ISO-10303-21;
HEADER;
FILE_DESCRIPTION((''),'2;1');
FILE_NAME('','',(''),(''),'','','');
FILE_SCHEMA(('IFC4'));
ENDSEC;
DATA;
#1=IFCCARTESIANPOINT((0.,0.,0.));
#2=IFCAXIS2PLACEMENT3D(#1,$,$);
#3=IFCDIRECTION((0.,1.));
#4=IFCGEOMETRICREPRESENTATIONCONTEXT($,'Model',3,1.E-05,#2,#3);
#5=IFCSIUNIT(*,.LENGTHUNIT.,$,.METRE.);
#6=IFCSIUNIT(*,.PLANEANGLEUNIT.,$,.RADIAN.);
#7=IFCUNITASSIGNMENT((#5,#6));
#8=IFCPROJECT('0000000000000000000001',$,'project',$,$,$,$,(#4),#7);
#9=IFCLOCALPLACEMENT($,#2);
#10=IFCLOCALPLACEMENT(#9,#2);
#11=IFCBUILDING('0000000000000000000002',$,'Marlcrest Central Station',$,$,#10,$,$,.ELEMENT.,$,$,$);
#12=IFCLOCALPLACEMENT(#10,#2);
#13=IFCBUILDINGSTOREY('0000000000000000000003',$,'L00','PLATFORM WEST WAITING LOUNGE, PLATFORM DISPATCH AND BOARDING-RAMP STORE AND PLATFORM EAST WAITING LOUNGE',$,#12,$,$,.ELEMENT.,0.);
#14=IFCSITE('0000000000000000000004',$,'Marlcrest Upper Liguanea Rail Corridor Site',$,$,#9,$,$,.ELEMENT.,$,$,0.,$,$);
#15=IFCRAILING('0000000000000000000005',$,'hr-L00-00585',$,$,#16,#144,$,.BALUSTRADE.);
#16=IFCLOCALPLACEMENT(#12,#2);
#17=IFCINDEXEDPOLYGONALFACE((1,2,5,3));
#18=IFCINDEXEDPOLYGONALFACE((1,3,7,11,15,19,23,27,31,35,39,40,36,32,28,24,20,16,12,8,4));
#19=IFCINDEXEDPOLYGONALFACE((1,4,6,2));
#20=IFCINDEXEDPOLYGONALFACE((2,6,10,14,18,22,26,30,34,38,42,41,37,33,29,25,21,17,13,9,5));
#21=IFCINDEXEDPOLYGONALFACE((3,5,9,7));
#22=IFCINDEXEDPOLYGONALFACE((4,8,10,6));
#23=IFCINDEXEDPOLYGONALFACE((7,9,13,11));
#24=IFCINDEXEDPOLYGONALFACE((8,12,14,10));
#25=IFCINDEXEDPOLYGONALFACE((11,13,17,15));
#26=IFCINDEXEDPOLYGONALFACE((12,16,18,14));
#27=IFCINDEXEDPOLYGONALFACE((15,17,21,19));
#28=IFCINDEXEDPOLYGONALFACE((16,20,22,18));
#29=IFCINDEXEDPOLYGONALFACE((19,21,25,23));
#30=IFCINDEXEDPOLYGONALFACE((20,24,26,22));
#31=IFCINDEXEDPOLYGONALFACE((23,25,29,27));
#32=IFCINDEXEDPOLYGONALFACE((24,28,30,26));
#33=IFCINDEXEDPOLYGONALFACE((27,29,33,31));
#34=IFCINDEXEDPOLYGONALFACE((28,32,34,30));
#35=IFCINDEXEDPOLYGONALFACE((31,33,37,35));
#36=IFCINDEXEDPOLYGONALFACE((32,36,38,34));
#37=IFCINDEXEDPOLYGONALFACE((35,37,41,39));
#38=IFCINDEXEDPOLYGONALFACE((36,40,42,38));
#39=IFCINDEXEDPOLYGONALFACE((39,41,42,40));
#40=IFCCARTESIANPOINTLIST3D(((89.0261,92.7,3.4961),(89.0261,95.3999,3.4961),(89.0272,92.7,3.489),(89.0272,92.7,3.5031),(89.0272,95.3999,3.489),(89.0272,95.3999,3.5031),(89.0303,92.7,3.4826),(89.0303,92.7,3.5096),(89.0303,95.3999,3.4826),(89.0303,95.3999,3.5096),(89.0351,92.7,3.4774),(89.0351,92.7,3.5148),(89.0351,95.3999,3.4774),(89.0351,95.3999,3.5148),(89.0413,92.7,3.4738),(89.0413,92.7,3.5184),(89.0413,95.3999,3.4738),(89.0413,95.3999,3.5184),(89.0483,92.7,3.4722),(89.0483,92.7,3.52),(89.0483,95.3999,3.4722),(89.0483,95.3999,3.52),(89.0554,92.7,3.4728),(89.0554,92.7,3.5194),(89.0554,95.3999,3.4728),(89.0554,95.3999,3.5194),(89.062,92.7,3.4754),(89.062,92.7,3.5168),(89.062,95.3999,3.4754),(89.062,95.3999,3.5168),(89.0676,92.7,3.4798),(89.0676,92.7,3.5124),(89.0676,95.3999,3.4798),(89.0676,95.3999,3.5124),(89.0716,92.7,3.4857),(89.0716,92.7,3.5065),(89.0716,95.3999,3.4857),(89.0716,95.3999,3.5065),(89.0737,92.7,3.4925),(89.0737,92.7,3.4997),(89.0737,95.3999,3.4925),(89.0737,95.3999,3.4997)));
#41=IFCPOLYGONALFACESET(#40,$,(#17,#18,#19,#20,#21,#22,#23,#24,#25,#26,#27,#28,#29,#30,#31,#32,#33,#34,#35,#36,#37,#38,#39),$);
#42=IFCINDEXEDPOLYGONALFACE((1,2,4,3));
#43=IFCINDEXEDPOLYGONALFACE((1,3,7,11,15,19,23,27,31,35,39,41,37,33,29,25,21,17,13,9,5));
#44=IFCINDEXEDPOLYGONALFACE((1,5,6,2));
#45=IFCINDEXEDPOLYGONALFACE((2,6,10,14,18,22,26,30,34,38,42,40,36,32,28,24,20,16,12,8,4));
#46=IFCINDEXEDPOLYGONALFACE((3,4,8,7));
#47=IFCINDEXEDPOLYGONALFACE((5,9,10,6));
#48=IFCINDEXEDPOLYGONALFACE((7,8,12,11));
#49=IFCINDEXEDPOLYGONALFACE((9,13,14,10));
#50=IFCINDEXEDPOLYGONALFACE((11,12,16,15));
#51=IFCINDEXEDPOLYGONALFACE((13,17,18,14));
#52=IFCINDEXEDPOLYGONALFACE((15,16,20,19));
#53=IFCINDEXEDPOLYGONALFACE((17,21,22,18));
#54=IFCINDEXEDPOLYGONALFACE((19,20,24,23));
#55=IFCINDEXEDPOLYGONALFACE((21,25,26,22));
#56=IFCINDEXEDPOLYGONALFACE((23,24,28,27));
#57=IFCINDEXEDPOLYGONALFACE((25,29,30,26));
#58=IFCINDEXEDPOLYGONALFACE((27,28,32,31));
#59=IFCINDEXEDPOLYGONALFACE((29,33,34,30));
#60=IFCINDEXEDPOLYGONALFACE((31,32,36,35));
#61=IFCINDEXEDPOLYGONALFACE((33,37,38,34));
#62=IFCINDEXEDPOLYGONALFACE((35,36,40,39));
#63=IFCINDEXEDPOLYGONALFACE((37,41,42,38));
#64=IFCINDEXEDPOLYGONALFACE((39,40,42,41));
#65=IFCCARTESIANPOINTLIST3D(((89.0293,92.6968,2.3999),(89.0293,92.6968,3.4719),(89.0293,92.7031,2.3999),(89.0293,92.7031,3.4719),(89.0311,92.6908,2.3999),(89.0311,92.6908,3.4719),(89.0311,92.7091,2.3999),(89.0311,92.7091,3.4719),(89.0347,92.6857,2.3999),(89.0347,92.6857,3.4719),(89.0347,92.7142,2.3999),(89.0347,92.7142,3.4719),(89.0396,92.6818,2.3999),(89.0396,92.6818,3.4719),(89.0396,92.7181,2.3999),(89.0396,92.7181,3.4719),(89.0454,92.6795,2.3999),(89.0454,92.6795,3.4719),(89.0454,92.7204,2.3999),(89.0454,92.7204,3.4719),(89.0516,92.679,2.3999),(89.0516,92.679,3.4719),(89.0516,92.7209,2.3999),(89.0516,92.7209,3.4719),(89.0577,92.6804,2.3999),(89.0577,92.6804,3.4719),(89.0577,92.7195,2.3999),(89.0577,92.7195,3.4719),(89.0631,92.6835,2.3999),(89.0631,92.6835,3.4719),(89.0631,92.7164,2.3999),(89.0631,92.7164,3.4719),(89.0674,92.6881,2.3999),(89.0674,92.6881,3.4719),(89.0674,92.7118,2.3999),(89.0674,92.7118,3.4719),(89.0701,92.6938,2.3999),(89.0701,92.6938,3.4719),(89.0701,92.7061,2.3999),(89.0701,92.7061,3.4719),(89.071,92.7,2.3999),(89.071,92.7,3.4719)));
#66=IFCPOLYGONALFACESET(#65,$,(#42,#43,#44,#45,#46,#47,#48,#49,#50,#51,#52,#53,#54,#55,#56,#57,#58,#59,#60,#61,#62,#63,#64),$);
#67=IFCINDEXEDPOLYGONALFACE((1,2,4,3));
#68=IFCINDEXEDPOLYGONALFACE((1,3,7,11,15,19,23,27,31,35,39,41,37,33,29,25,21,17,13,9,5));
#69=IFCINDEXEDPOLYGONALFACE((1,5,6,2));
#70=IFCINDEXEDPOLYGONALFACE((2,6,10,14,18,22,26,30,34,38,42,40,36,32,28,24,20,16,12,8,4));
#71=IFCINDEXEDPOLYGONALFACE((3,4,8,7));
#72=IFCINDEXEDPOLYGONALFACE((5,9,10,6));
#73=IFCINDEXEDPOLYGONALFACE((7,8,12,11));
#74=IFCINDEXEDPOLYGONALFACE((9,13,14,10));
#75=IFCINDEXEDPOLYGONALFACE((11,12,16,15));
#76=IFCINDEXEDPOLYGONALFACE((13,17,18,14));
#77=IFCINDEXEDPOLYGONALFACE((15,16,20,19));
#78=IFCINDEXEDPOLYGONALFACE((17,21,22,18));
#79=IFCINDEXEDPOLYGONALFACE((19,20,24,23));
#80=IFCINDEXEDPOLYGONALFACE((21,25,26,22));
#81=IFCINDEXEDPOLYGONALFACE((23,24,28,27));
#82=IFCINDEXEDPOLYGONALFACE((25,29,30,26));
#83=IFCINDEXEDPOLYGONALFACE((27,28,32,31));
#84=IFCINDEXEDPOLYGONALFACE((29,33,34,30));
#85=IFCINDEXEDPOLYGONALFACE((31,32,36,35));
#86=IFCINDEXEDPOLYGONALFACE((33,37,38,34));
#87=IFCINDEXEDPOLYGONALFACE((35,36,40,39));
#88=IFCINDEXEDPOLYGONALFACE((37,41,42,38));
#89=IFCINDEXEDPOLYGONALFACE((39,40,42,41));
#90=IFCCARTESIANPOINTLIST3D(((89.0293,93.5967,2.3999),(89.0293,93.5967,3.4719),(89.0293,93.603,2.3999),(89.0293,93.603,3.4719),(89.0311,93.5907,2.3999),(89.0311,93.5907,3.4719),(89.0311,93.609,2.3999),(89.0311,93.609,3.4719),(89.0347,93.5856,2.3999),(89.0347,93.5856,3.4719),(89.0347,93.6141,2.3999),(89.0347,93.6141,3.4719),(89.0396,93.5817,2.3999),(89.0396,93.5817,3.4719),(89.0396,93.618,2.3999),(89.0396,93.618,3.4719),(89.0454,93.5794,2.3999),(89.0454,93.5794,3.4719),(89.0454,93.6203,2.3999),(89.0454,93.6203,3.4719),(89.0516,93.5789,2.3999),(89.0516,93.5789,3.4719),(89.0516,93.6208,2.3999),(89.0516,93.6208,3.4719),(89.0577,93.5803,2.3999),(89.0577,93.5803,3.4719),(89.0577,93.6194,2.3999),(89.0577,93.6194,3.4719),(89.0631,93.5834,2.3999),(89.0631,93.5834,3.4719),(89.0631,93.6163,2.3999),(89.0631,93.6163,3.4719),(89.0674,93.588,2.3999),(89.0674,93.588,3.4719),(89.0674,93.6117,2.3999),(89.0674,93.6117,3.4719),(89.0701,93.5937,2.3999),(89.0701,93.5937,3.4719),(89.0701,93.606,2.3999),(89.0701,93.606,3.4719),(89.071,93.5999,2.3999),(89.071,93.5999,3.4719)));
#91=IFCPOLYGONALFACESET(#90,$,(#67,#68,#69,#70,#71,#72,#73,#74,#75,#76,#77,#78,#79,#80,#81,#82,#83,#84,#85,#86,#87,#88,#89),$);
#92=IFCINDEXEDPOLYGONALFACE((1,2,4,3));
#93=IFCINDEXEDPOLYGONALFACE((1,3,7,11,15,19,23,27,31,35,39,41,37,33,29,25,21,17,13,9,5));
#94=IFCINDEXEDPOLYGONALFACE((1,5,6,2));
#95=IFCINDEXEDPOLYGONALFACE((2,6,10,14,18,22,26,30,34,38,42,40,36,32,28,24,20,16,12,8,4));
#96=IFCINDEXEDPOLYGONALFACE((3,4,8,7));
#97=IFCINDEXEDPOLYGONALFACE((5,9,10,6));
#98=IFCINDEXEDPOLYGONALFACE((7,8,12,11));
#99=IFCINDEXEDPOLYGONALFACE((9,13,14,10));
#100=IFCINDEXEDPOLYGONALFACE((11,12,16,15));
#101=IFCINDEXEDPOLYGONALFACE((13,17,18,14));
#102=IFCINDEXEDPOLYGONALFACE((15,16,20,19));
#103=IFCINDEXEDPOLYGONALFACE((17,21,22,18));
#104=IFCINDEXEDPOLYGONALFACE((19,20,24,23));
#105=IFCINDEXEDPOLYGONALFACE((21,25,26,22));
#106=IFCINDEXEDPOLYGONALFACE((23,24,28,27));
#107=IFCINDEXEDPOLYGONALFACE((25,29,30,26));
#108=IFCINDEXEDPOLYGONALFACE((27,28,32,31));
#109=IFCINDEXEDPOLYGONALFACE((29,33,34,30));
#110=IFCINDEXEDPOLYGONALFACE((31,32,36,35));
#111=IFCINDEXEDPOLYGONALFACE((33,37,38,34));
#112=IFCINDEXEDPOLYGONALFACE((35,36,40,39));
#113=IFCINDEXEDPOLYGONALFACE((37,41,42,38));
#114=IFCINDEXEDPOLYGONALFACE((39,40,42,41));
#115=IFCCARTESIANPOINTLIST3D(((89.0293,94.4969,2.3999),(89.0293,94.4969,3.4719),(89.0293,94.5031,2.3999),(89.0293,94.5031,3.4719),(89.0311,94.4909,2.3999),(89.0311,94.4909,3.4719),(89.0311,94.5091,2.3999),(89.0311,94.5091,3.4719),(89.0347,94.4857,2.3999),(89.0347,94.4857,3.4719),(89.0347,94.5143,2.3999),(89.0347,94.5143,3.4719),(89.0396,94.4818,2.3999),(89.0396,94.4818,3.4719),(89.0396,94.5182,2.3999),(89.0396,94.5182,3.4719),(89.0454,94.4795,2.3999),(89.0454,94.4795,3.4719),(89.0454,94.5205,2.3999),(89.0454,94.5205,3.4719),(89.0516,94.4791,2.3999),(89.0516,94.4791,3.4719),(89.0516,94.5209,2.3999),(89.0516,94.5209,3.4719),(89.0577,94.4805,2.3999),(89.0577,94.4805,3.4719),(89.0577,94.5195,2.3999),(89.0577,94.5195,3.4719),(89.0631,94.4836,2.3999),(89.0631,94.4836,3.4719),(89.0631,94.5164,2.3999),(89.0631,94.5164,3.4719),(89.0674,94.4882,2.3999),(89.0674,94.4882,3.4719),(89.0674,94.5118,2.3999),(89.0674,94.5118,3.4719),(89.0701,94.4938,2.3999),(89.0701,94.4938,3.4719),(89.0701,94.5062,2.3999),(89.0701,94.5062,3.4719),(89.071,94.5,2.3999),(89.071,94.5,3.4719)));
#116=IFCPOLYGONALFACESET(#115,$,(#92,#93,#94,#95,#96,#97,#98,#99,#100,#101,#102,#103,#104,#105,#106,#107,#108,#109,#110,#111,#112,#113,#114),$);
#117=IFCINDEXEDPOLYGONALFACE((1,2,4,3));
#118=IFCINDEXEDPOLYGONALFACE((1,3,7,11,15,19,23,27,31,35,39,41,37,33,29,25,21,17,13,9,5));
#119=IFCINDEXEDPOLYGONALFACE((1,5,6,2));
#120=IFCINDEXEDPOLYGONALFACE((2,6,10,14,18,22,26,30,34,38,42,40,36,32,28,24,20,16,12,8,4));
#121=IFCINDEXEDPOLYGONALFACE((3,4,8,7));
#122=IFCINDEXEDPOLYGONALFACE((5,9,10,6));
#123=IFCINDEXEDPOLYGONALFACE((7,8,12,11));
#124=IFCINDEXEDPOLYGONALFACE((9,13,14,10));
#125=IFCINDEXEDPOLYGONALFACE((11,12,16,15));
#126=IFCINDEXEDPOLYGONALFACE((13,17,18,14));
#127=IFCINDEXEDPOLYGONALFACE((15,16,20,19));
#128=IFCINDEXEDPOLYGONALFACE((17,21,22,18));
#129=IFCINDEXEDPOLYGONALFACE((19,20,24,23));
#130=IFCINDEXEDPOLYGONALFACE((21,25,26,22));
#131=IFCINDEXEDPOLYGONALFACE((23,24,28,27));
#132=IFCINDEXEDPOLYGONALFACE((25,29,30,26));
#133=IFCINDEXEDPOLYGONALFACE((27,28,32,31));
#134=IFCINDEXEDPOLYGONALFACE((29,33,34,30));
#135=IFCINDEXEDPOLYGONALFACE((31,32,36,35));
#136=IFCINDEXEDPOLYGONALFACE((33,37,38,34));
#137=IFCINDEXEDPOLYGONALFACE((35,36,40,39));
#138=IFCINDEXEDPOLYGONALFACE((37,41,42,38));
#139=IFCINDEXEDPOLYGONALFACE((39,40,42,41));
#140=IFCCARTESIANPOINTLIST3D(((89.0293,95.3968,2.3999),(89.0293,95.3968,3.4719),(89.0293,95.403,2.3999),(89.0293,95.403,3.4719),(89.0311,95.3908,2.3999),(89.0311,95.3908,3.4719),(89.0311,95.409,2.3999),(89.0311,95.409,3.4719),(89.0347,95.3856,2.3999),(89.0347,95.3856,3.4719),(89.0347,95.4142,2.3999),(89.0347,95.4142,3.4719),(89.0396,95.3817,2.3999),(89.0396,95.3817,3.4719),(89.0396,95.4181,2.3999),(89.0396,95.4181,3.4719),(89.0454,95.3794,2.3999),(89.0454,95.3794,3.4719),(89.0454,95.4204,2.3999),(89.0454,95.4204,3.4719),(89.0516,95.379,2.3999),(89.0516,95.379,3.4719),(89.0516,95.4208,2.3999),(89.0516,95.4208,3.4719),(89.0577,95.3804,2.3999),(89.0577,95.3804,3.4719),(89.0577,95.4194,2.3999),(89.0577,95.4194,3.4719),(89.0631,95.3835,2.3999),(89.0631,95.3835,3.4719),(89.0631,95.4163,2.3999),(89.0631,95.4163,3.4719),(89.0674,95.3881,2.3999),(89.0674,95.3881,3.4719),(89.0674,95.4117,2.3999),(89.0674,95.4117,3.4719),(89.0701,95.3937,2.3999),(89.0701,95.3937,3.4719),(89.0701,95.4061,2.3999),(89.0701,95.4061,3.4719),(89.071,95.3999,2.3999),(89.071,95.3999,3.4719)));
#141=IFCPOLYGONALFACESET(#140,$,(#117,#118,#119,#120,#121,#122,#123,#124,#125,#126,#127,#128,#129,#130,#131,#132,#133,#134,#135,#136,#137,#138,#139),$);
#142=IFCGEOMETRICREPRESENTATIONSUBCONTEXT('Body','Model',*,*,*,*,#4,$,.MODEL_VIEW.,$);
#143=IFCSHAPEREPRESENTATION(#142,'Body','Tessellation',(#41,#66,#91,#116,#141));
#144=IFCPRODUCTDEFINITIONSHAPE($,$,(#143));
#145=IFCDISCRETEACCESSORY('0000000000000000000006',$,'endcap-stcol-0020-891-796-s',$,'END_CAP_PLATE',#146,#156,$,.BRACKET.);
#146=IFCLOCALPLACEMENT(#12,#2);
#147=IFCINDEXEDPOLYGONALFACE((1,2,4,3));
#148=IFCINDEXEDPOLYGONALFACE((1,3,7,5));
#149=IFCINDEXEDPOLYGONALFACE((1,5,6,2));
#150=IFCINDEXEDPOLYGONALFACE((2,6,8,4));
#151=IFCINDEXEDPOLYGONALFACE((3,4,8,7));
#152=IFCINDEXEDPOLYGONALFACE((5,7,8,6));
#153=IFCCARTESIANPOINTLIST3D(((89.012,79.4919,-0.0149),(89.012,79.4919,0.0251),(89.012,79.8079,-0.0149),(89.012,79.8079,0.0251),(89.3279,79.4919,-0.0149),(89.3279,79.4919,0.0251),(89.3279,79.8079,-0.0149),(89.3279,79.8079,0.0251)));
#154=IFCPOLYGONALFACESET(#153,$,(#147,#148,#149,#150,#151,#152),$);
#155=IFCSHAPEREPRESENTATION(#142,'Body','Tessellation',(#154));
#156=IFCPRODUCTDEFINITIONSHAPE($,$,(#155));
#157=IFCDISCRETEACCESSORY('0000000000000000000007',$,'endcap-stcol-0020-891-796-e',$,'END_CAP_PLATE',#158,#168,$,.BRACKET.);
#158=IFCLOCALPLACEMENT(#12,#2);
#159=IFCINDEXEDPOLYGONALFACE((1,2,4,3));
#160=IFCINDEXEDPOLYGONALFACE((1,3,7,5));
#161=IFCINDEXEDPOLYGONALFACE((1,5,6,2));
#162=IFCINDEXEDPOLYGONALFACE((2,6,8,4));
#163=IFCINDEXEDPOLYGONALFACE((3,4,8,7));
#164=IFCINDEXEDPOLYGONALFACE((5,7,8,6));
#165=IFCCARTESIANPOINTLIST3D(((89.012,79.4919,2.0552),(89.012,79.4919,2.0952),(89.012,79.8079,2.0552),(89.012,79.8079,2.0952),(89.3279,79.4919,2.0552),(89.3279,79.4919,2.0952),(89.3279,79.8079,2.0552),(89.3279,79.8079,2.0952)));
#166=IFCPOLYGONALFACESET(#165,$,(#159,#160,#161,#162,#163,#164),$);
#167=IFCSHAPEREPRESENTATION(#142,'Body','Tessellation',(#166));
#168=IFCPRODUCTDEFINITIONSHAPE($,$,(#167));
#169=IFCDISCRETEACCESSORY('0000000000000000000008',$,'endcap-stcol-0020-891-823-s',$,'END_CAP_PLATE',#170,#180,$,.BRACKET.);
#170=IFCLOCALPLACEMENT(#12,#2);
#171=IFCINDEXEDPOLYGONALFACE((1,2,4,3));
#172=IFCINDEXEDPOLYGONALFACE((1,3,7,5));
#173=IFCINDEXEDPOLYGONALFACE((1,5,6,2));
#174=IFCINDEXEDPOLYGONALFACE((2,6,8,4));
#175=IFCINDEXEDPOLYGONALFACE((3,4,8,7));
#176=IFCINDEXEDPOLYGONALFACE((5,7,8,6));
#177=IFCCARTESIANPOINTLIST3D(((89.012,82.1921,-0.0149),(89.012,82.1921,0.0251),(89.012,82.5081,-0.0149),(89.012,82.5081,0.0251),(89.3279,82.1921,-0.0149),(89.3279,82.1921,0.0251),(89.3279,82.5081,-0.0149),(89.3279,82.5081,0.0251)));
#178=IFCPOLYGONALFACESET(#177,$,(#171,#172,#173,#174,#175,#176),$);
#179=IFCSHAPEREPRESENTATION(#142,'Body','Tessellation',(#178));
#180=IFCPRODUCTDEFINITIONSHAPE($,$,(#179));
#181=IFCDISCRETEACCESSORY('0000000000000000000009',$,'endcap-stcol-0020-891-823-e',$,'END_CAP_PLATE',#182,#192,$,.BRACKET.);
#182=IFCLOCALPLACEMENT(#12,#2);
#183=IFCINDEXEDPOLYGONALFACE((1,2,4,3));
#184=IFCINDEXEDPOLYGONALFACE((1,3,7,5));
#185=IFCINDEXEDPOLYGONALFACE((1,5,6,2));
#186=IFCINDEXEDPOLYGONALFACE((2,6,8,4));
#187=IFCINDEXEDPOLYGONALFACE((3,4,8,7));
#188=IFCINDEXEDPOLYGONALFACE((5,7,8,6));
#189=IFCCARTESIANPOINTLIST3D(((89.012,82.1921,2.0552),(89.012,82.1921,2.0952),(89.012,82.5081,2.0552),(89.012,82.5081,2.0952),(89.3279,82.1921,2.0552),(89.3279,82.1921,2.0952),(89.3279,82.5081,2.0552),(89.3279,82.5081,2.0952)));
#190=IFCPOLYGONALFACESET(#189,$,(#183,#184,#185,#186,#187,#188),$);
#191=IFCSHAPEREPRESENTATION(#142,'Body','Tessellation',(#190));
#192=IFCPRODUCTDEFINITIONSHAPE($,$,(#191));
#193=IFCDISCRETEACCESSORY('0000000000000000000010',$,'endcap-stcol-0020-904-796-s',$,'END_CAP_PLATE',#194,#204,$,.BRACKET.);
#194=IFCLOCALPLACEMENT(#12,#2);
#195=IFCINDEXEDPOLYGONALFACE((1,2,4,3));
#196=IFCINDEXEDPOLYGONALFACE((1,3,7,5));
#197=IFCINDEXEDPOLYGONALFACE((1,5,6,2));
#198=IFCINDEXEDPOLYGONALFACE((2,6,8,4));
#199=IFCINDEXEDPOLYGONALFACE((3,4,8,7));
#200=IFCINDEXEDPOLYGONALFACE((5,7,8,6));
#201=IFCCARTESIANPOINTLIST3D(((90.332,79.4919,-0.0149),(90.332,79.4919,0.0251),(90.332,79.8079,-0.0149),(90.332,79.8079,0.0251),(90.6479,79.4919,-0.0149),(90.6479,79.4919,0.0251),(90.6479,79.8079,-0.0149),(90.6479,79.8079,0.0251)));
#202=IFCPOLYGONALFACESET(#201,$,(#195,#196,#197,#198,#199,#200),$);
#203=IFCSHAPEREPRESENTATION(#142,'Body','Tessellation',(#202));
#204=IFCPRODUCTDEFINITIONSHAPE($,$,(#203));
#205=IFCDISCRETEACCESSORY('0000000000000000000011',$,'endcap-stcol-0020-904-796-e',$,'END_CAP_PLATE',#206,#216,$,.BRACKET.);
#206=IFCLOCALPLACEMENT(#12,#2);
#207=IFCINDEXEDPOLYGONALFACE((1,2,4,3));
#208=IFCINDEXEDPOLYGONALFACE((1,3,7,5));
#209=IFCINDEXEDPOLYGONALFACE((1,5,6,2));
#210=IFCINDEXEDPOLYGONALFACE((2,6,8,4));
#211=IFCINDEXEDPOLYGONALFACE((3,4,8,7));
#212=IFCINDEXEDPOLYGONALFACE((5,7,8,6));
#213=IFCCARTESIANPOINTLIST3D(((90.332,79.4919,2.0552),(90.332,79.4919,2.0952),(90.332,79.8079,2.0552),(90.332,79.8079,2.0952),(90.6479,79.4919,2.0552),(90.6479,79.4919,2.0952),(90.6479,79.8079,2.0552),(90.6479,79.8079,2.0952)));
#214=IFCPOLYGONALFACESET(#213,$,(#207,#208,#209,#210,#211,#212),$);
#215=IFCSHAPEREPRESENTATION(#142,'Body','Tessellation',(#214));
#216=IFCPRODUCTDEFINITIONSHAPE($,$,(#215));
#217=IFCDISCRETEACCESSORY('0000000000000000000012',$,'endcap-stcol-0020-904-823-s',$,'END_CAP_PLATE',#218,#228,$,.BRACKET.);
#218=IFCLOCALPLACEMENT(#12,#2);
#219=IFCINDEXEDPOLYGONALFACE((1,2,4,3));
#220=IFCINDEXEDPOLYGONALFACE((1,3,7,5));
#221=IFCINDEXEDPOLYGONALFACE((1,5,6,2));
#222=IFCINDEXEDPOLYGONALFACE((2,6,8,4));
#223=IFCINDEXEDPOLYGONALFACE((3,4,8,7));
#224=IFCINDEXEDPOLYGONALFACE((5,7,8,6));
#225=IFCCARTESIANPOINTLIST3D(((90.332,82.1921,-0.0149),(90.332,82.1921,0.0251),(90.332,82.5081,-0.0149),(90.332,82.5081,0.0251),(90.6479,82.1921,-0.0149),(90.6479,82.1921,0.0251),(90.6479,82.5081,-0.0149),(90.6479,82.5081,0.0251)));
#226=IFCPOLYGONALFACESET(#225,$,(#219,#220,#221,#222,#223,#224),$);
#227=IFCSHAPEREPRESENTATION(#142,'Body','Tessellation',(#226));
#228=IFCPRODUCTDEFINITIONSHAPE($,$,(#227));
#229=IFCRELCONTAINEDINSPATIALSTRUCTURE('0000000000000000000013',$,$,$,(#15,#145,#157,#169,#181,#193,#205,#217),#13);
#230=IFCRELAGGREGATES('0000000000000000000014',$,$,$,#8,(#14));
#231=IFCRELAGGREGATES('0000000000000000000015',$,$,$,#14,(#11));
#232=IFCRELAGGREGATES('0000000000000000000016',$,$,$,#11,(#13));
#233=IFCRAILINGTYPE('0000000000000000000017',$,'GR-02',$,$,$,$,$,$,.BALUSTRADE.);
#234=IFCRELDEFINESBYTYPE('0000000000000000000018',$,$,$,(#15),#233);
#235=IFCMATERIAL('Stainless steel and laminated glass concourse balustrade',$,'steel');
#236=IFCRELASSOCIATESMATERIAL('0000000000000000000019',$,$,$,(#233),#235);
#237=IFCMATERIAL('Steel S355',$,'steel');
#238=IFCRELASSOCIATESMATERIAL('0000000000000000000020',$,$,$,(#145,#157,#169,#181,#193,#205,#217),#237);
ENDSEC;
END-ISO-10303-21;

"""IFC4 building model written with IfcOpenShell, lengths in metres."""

from ifc_helpers import new_model, si_unit, direction, frame, origin, origin_2d, place, context, subcontext, project, spatial, rectangle, circle, extrude, material, type_object, element, save


model = new_model("IFC4")

# Units and contexts
model_context = context("Model", 3, precision=1e-05, world=origin(), true_north=direction((0.0, 1.0)))
body_context = subcontext(model_context, "Body", "Model", "MODEL_VIEW")
ifc_project = project(units=[si_unit("LENGTHUNIT", "METRE"), si_unit("PLANEANGLEUNIT", "RADIAN")], contexts=[model_context])

# Site, building, storey
site_placement = place(None, origin())
site = spatial("IfcSite", under=ifc_project, at=site_placement, Name="Marlcrest Upper Liguanea Rail Corridor Site", CompositionType="ELEMENT", RefElevation=0.0)
building_placement = place(site_placement, origin())
building = spatial("IfcBuilding", under=site, at=building_placement, Name="Marlcrest Central Station", CompositionType="ELEMENT")
storey_placement = place(building_placement, origin())
storey = spatial("IfcBuildingStorey", under=building, at=storey_placement, Name="L00", Description="PLATFORM WEST WAITING LOUNGE, PLATFORM DISPATCH AND BOARDING-RAMP STORE AND PLATFORM EAST WAITING LOUNGE", CompositionType="ELEMENT", Elevation=0.0)

# Shared definitions
ifc_material_1 = material(Name="Steel S355", Category="steel")

# Railing
ifc_material_2 = material(Name="Stainless steel and laminated glass concourse balustrade", Category="steel")
railing_type_1 = type_object("IfcRailingType", Name="GR-02", PredefinedType="BALUSTRADE", material=ifc_material_2)
railing_1_placement = place(storey_placement, frame((89.05, 92.7, 2.3999)))
element("IfcRailing", 1, at=railing_1_placement, inside=storey, type_object=railing_type_1, Name="hr-L00-00585", PredefinedType="BALUSTRADE", context=body_context, shape_type="SweptSolid", body=[
    extrude(circle(Radius=0.0239, at=origin_2d()), frame((0.0, 0.0, 1.0962), z_axis=(0.0, 1.0, 0.0), x_axis=(-1.0, 0.0, 0.0)), (0.0, 0.0, 1.0), 2.7),
    extrude(circle(Radius=0.021, at=origin_2d()), origin(), (0.0, 0.0, 1.0), 1.072),
    extrude(circle(Radius=0.021, at=origin_2d()), frame((0.0, 0.8999, 0.0)), (0.0, 0.0, 1.0), 1.072),
    extrude(circle(Radius=0.021, at=origin_2d()), frame((0.0, 1.8, 0.0)), (0.0, 0.0, 1.0), 1.072),
    extrude(circle(Radius=0.021, at=origin_2d()), frame((0.0, 2.7, 0.0)), (0.0, 0.0, 1.0), 1.072),
])

# Discrete accessories
for number, where, z_axis, x_axis, name in (
    (2, (89.1699, 79.6499, -0.0149), (0.0, 0.0, 1.0), (1.0, 0.0, 0.0), "endcap-stcol-0020-891-796-s"),
    (3, (89.1699, 79.6499, 2.0552), (0.0, 0.0, 1.0), (1.0, 0.0, 0.0), "endcap-stcol-0020-891-796-e"),
    (4, (89.1699, 82.3501, -0.0149), (0.0, 0.0, 1.0), (1.0, 0.0, 0.0), "endcap-stcol-0020-891-823-s"),
    (5, (89.1699, 82.3501, 2.0552), (0.0, 0.0, 1.0), (1.0, 0.0, 0.0), "endcap-stcol-0020-891-823-e"),
    (6, (90.49, 79.6499, -0.0149), (0.0, 0.0, 1.0), (1.0, 0.0, 0.0), "endcap-stcol-0020-904-796-s"),
    (7, (90.49, 79.6499, 2.0552), (0.0, 0.0, 1.0), (1.0, 0.0, 0.0), "endcap-stcol-0020-904-796-e"),
    (8, (90.49, 82.3501, -0.0149), (0.0, 0.0, 1.0), (1.0, 0.0, 0.0), "endcap-stcol-0020-904-823-s"),
):
    element("IfcDiscreteAccessory", number, at=place(storey_placement, frame(where, z_axis=z_axis, x_axis=x_axis)), inside=storey, material=ifc_material_1, Name=name, ObjectType="END_CAP_PLATE", PredefinedType="BRACKET", context=body_context, shape_type="SweptSolid", body=[
        extrude(rectangle(XDim=0.3159, YDim=0.3159, at=origin_2d()), origin(), (0.0, 0.0, 1.0), 0.04),
    ])

save(model, "model.ifc")
